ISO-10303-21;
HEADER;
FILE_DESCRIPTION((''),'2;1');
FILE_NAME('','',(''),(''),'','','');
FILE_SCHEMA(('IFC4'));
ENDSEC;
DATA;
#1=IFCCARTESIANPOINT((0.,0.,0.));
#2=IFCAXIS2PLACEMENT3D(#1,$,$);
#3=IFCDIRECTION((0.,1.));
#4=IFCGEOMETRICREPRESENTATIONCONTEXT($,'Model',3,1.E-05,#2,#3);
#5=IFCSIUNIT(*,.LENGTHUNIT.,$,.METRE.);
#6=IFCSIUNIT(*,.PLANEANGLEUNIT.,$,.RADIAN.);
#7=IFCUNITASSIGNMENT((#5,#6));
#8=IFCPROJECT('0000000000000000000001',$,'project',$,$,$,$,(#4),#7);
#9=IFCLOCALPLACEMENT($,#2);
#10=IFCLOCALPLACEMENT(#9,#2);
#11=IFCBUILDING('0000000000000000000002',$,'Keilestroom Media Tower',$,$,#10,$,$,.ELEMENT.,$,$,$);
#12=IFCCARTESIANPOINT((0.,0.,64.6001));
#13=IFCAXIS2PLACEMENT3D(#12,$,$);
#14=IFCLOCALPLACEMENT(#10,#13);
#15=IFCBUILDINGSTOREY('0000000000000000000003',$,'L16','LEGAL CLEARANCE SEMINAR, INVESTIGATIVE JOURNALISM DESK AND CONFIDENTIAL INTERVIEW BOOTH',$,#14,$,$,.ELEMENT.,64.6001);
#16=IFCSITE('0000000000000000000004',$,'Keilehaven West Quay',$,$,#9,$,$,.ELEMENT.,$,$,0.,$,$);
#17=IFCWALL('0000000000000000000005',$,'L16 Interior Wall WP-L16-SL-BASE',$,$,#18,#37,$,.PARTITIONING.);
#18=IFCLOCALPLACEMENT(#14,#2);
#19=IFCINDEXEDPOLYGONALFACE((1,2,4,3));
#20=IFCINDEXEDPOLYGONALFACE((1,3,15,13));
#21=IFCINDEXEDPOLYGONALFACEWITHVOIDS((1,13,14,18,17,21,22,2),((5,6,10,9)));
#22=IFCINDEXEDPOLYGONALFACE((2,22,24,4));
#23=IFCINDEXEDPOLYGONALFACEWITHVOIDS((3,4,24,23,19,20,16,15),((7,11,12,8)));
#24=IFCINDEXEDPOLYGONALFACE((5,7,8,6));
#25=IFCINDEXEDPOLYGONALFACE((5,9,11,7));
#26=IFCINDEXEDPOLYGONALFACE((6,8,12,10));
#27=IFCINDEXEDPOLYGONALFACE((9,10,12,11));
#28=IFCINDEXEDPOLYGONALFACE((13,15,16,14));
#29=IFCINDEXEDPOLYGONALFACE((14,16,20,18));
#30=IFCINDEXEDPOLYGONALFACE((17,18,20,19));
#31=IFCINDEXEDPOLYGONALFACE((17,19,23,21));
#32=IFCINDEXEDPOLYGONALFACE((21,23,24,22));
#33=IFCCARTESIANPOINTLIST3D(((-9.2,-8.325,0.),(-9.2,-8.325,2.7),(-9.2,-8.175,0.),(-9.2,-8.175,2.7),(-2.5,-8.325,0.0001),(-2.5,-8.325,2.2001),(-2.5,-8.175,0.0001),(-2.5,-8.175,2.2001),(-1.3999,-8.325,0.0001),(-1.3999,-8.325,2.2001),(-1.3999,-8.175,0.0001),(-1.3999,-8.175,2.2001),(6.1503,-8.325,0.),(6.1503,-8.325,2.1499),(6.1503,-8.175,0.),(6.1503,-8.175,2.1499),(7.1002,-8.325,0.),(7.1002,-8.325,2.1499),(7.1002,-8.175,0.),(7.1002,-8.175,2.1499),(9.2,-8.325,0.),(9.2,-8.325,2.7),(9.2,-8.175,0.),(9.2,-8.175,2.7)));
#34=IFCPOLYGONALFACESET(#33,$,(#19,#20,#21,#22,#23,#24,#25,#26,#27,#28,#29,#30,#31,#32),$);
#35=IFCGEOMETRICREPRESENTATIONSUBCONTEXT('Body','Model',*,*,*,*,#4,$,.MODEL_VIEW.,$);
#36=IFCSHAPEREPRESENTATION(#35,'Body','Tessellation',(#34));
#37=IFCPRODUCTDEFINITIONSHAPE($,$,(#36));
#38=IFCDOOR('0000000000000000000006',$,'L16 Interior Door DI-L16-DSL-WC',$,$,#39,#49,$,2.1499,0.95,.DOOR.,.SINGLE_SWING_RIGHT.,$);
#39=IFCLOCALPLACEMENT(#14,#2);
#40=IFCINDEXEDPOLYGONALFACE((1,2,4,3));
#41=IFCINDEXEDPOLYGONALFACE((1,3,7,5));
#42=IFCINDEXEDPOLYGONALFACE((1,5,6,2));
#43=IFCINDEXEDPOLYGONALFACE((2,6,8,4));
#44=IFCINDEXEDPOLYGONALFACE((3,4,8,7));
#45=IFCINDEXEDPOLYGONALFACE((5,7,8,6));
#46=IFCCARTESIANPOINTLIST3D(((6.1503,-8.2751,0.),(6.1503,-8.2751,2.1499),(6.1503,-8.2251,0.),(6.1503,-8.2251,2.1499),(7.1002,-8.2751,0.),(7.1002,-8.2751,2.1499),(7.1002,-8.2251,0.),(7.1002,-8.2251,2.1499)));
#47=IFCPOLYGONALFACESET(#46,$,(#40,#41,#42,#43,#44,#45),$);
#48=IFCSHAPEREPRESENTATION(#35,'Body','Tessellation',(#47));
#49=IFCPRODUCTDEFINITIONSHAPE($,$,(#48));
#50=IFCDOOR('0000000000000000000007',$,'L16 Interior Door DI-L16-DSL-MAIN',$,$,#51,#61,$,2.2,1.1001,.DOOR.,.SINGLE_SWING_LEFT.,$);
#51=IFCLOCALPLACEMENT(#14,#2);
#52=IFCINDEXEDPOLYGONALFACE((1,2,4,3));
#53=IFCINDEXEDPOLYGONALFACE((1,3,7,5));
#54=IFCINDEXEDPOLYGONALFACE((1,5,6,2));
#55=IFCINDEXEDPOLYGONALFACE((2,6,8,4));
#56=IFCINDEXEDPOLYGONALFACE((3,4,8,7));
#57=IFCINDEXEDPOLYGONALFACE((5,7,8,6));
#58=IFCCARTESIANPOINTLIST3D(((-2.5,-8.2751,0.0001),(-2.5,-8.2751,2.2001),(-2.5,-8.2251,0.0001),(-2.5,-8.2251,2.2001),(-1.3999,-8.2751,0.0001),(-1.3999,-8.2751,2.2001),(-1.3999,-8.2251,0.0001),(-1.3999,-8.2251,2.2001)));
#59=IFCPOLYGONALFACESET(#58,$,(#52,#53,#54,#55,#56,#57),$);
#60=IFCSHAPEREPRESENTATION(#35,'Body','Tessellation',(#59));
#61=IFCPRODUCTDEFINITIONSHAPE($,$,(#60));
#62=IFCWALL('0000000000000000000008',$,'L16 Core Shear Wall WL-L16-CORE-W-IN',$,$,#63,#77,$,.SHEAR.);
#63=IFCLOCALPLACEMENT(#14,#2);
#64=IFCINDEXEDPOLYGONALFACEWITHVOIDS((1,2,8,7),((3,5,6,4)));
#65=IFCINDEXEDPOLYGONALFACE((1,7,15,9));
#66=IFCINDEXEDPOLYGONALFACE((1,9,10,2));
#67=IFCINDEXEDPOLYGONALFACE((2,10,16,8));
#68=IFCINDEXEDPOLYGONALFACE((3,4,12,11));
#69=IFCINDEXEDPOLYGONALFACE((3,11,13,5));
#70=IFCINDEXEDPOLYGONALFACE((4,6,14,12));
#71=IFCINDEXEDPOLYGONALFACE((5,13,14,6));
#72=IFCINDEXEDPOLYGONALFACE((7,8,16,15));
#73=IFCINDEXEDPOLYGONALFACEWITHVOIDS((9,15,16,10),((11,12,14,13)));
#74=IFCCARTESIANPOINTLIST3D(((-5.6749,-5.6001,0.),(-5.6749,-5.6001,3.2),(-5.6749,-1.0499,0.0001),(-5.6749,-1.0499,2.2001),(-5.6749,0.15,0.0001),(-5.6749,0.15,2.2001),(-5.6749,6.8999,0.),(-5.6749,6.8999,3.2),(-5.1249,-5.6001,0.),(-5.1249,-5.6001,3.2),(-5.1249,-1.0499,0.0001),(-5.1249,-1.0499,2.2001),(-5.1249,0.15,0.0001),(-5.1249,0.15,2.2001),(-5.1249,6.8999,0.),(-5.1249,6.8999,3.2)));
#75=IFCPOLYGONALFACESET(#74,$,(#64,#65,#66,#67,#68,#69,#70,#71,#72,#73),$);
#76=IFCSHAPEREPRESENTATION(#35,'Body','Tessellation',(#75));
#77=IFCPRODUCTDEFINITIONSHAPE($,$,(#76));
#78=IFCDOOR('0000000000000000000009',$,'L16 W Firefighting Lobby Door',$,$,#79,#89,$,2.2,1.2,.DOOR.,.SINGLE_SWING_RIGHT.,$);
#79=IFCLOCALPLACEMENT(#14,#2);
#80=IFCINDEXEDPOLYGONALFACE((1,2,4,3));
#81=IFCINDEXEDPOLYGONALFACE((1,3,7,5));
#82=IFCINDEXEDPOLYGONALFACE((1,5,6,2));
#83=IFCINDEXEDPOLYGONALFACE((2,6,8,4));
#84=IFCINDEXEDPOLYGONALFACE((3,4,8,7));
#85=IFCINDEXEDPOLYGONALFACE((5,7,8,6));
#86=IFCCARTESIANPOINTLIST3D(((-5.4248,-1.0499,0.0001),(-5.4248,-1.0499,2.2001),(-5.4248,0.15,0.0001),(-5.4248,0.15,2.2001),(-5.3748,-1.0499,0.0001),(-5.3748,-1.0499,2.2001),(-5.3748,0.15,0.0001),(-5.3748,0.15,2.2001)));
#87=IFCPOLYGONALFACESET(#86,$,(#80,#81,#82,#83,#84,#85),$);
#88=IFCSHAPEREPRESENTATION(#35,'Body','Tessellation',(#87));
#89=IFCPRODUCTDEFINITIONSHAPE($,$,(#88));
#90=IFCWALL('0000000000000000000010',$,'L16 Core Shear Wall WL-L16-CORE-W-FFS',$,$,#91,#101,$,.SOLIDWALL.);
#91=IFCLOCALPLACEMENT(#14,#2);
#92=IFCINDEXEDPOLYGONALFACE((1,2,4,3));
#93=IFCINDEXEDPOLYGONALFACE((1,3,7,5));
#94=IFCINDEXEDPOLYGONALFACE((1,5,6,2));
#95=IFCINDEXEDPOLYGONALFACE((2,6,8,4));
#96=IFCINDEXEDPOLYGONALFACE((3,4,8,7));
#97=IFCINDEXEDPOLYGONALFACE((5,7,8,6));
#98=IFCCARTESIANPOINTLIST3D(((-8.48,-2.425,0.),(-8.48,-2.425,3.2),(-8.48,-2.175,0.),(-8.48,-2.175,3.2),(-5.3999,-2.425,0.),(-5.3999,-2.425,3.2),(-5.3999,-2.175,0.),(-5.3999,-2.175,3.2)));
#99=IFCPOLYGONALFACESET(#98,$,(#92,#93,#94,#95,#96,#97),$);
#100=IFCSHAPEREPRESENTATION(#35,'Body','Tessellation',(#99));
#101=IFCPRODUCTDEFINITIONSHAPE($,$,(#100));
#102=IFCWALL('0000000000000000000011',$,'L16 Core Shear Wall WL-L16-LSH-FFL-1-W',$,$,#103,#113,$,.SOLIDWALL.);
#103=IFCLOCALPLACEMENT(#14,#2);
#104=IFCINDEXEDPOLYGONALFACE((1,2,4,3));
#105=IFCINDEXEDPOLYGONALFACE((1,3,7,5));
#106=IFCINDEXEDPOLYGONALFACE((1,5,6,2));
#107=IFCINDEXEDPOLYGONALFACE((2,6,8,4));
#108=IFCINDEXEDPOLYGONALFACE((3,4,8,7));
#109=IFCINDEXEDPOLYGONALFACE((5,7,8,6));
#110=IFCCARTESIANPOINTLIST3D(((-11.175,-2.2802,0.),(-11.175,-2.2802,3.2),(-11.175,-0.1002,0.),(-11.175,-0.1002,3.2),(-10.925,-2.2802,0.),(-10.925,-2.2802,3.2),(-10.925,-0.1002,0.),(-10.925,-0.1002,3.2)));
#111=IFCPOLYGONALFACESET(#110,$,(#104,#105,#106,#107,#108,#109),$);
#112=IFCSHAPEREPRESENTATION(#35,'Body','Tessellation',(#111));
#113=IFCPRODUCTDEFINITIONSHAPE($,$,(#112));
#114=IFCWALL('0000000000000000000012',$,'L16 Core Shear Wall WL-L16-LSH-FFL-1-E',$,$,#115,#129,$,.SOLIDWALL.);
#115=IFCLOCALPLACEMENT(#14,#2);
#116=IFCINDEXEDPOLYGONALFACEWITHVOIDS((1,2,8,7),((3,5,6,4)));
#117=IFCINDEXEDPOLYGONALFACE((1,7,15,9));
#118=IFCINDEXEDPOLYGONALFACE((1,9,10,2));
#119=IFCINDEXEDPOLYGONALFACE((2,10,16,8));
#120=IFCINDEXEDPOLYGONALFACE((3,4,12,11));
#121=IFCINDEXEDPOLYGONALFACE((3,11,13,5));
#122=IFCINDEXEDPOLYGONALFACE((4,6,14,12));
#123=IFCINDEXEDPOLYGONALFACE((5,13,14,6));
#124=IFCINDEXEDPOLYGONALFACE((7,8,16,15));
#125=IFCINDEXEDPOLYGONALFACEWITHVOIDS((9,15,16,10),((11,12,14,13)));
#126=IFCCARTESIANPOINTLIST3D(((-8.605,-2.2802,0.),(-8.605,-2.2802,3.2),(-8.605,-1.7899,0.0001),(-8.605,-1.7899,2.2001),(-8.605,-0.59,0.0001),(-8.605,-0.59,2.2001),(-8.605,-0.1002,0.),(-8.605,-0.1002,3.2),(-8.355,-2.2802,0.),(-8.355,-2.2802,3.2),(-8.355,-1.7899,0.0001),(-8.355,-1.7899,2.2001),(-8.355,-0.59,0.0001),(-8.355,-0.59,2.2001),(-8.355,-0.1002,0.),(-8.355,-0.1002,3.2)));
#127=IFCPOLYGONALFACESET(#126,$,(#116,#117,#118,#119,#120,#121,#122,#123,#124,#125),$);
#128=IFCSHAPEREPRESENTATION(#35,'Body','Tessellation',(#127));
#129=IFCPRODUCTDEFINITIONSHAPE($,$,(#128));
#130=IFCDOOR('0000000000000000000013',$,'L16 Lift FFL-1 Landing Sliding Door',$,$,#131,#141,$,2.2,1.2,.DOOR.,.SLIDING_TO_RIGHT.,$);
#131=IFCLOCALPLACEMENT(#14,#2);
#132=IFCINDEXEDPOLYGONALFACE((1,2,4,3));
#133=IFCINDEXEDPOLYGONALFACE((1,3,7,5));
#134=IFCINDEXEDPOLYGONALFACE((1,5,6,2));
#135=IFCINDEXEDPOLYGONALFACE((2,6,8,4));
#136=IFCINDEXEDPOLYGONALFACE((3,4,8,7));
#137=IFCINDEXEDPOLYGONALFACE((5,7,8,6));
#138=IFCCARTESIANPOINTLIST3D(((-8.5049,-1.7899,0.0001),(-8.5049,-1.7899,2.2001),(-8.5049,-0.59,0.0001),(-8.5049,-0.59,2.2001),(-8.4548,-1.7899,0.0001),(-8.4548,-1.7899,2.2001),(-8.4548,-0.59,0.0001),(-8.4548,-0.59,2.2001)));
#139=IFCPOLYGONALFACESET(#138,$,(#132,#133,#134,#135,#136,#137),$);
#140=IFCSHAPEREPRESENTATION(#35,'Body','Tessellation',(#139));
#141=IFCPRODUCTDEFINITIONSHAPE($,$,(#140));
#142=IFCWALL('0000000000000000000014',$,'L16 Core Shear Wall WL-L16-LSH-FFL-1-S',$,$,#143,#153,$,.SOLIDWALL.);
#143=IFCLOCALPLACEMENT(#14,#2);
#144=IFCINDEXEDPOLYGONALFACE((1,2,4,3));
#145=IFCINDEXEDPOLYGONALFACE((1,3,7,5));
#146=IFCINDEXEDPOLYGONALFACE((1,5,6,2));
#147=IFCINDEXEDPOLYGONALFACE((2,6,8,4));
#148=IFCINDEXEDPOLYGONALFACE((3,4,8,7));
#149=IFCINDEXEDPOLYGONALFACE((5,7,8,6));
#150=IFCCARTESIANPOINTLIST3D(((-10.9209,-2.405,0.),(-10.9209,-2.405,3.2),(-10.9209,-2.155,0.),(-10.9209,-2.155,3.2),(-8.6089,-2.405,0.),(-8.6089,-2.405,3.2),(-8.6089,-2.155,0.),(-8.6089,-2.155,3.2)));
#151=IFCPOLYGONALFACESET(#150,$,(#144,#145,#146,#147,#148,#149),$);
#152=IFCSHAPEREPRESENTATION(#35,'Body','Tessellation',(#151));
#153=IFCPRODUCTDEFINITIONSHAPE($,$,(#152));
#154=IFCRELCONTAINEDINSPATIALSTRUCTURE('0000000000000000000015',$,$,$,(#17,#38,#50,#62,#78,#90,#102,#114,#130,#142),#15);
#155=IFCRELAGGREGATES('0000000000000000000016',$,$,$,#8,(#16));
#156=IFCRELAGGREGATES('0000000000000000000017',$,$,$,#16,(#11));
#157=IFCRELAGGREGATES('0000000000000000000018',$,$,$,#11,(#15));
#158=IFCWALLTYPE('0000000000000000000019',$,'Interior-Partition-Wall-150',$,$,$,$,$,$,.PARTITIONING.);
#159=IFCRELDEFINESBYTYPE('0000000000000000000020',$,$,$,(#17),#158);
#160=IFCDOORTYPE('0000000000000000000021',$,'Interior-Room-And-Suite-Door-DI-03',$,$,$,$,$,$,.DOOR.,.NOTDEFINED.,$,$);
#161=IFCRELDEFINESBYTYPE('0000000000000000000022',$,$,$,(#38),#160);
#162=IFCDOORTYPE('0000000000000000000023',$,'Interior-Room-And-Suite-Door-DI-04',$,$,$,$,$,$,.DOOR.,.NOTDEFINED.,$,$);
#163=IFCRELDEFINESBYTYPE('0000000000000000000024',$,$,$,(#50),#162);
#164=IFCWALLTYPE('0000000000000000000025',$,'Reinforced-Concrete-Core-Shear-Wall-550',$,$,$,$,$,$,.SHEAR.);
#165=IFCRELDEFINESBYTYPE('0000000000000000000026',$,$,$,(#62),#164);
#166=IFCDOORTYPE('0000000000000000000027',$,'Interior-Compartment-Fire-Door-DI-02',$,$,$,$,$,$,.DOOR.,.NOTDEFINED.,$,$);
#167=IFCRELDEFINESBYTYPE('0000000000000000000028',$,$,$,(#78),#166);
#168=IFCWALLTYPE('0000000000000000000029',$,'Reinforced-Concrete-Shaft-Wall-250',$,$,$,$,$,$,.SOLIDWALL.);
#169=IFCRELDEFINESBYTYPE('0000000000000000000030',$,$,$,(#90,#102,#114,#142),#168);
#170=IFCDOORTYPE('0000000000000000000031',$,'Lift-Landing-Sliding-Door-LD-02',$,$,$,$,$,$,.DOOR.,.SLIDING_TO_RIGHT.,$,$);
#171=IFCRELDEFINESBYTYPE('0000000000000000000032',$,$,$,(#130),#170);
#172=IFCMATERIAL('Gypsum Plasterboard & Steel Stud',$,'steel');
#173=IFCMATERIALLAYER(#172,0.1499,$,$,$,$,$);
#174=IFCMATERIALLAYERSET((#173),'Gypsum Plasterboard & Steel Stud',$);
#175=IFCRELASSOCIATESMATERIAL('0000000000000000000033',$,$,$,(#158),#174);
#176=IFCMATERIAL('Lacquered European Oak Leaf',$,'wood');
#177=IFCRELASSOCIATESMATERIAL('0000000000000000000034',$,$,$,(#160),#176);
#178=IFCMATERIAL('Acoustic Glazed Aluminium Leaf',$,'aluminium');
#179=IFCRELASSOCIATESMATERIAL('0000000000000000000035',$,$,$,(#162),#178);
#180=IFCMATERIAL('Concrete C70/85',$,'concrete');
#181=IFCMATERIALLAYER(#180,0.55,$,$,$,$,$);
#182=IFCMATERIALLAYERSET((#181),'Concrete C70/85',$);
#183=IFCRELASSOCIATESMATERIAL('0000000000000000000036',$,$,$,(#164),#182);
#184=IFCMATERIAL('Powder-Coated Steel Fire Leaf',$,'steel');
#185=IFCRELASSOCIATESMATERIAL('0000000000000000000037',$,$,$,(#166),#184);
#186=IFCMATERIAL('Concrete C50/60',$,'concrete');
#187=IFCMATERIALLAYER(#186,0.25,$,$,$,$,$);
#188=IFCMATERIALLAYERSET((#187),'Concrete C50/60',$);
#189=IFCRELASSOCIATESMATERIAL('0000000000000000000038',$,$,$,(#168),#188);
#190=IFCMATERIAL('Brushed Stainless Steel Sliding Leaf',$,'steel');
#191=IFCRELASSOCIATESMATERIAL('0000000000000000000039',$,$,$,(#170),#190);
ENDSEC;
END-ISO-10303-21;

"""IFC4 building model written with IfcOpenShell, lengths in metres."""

from ifc_helpers import new_model, si_unit, direction, frame, frame_2d, origin, place, context, subcontext, project, spatial, rectangle, extrude, source, transform, mapped, material, layer, layer_set, type_object, element, fill, save


model = new_model("IFC4")

# Units and contexts
model_context = context("Model", 3, precision=1e-05, world=origin(), true_north=direction((0.0, 1.0)))
body_context = subcontext(model_context, "Body", "Model", "MODEL_VIEW")
ifc_project = project(units=[si_unit("LENGTHUNIT", "METRE"), si_unit("PLANEANGLEUNIT", "RADIAN")], contexts=[model_context])

# Site, building, storey
site_placement = place(None, origin())
site = spatial("IfcSite", under=ifc_project, at=site_placement, Name="Keilehaven West Quay", CompositionType="ELEMENT", RefElevation=0.0)
building_placement = place(site_placement, origin())
building = spatial("IfcBuilding", under=site, at=building_placement, Name="Keilestroom Media Tower", CompositionType="ELEMENT")
storey_placement = place(building_placement, frame((0.0, 0.0, 64.6001)))
storey = spatial("IfcBuildingStorey", under=building, at=storey_placement, Name="L16", Description="LEGAL CLEARANCE SEMINAR, INVESTIGATIVE JOURNALISM DESK AND CONFIDENTIAL INTERVIEW BOOTH", CompositionType="ELEMENT", Elevation=64.6001)

# Shared definitions
ifc_material_1 = material(Name="Concrete C70/85", Category="concrete")

# Wall, openings, doors
ifc_material_2 = material(Name="Gypsum Plasterboard & Steel Stud", Category="steel")
ifc_layer_1 = layer(ifc_material_2, 0.1499)
ifc_layer_set_1 = layer_set([ifc_layer_1], Name="Gypsum Plasterboard & Steel Stud")
wall_type_1 = type_object("IfcWallType", Name="Interior-Partition-Wall-150", PredefinedType="PARTITIONING", material=ifc_layer_set_1)
wall_1_placement = place(storey_placement, frame((-9.2, -8.25, 0.0), z_axis=(0.0, 0.0, 1.0), x_axis=(1.0, 0.0, 0.0)))
wall_1 = element("IfcWall", 1, at=wall_1_placement, inside=storey, type_object=wall_type_1, Name="L16 Interior Wall WP-L16-SL-BASE", PredefinedType="PARTITIONING", context=body_context, shape_type="SweptSolid", body=[
    extrude(rectangle(XDim=18.3999, YDim=0.1499, at=frame_2d((9.2, 0.0))), origin(), (0.0, 0.0, 1.0), 2.7),
])
opening_1_placement = place(wall_1_placement, frame((15.3501, 0.0, 0.0)))
opening_1 = element("IfcOpeningElement", 2, at=opening_1_placement, cuts=wall_1, PredefinedType="OPENING", context=body_context, shape_type="SweptSolid", body=[
    extrude(rectangle(XDim=0.95, YDim=2.1499, at=frame_2d((0.4751, 1.075))), frame((0.0, 0.085, 0.0), z_axis=(0.0, -1.0, 0.0), x_axis=(1.0, 0.0, 0.0)), (0.0, 0.0, 1.0), 0.1699),
])
opening_2_placement = place(wall_1_placement, frame((6.7, 0.0, 0.0)))
opening_2 = element("IfcOpeningElement", 3, at=opening_2_placement, cuts=wall_1, PredefinedType="OPENING", context=body_context, shape_type="SweptSolid", body=[
    extrude(rectangle(XDim=1.1001, YDim=2.2, at=frame_2d((0.55, 1.1001))), frame((0.0, 0.085, 0.0), z_axis=(0.0, -1.0, 0.0), x_axis=(1.0, 0.0, 0.0)), (0.0, 0.0, 1.0), 0.1699),
])
ifc_material_3 = material(Name="Lacquered European Oak Leaf", Category="wood")
door_type_1 = type_object("IfcDoorType", Name="Interior-Room-And-Suite-Door-DI-03", OperationType="NOTDEFINED", PredefinedType="DOOR", material=ifc_material_3)
shared_shape_1 = source(origin(), body_context, "Body", "SweptSolid", [
    extrude(rectangle(XDim=0.95, YDim=2.1499, at=frame_2d((0.4751, 1.075))), frame((0.0, 0.0249, 0.0), z_axis=(0.0, -1.0, 0.0), x_axis=(1.0, 0.0, 0.0)), (0.0, 0.0, 1.0), 0.05),
])
door_1_placement = place(opening_1_placement, origin())
door_1 = element("IfcDoor", 4, at=door_1_placement, inside=storey, type_object=door_type_1, Name="L16 Interior Door DI-L16-DSL-WC", OperationType="SINGLE_SWING_RIGHT", OverallHeight=2.1499, OverallWidth=0.95, PredefinedType="DOOR", context=body_context, shape_type="MappedRepresentation", body=[
    mapped(shared_shape_1, transform((0.0, 0.0, 0.0), x_axis=(1.0, 0.0, 0.0), y_axis=(0.0, 1.0, 0.0), z_axis=(0.0, 0.0, 1.0), scale=1.0)),
])
fill(opening_1, door_1)
ifc_material_4 = material(Name="Acoustic Glazed Aluminium Leaf", Category="aluminium")
door_type_2 = type_object("IfcDoorType", Name="Interior-Room-And-Suite-Door-DI-04", OperationType="NOTDEFINED", PredefinedType="DOOR", material=ifc_material_4)
shared_shape_2 = source(origin(), body_context, "Body", "SweptSolid", [
    extrude(rectangle(XDim=1.1001, YDim=2.2, at=frame_2d((0.55, 1.1001))), frame((0.0, 0.0249, 0.0), z_axis=(0.0, -1.0, 0.0), x_axis=(1.0, 0.0, 0.0)), (0.0, 0.0, 1.0), 0.05),
])
door_2_placement = place(opening_2_placement, origin())
door_2 = element("IfcDoor", 5, at=door_2_placement, inside=storey, type_object=door_type_2, Name="L16 Interior Door DI-L16-DSL-MAIN", OperationType="SINGLE_SWING_LEFT", OverallHeight=2.2, OverallWidth=1.1001, PredefinedType="DOOR", context=body_context, shape_type="MappedRepresentation", body=[
    mapped(shared_shape_2, transform((0.0, 0.0, 0.0), x_axis=(1.0, 0.0, 0.0), y_axis=(0.0, 1.0, 0.0), z_axis=(0.0, 0.0, 1.0), scale=1.0)),
])
fill(opening_2, door_2)

# Wall, opening, door
ifc_layer_2 = layer(ifc_material_1, 0.55)
ifc_layer_set_2 = layer_set([ifc_layer_2], Name="Concrete C70/85")
wall_type_2 = type_object("IfcWallType", Name="Reinforced-Concrete-Core-Shear-Wall-550", PredefinedType="SHEAR", material=ifc_layer_set_2)
wall_2_placement = place(storey_placement, frame((-5.3999, -5.6001, 0.0), z_axis=(0.0, 0.0, 1.0), x_axis=(0.0, 1.0, 0.0)))
wall_2 = element("IfcWall", 6, at=wall_2_placement, inside=storey, type_object=wall_type_2, Name="L16 Core Shear Wall WL-L16-CORE-W-IN", PredefinedType="SHEAR", context=body_context, shape_type="SweptSolid", body=[
    extrude(rectangle(XDim=12.5, YDim=0.55, at=frame_2d((6.25, 0.0))), origin(), (0.0, 0.0, 1.0), 3.2),
])
opening_3_placement = place(wall_2_placement, frame((4.55, 0.0, 0.0)))
opening_3 = element("IfcOpeningElement", 7, at=opening_3_placement, cuts=wall_2, PredefinedType="OPENING", context=body_context, shape_type="SweptSolid", body=[
    extrude(rectangle(XDim=1.2, YDim=2.2, at=frame_2d((0.6001, 1.1001))), frame((0.0, 0.2852, 0.0), z_axis=(0.0, -1.0, 0.0), x_axis=(1.0, 0.0, 0.0)), (0.0, 0.0, 1.0), 0.5701),
])
ifc_material_5 = material(Name="Powder-Coated Steel Fire Leaf", Category="steel")
door_type_3 = type_object("IfcDoorType", Name="Interior-Compartment-Fire-Door-DI-02", OperationType="NOTDEFINED", PredefinedType="DOOR", material=ifc_material_5)
shared_shape_3 = source(origin(), body_context, "Body", "SweptSolid", [
    extrude(rectangle(XDim=1.2, YDim=2.2, at=frame_2d((0.6001, 1.1001))), frame((0.0, 0.0249, 0.0), z_axis=(0.0, -1.0, 0.0), x_axis=(1.0, 0.0, 0.0)), (0.0, 0.0, 1.0), 0.05),
])
door_3_placement = place(opening_3_placement, origin())
door_3 = element("IfcDoor", 8, at=door_3_placement, inside=storey, type_object=door_type_3, Name="L16 W Firefighting Lobby Door", OperationType="SINGLE_SWING_RIGHT", OverallHeight=2.2, OverallWidth=1.2, PredefinedType="DOOR", context=body_context, shape_type="MappedRepresentation", body=[
    mapped(shared_shape_3, transform((0.0, 0.0, 0.0), x_axis=(1.0, 0.0, 0.0), y_axis=(0.0, 1.0, 0.0), z_axis=(0.0, 0.0, 1.0), scale=1.0)),
])
fill(opening_3, door_3)

# Walls
ifc_material_6 = material(Name="Concrete C50/60", Category="concrete")
ifc_layer_3 = layer(ifc_material_6, 0.25)
ifc_layer_set_3 = layer_set([ifc_layer_3], Name="Concrete C50/60")
wall_type_3 = type_object("IfcWallType", Name="Reinforced-Concrete-Shaft-Wall-250", PredefinedType="SOLIDWALL", material=ifc_layer_set_3)
wall_3_placement = place(storey_placement, frame((-8.48, -2.3, 0.0), z_axis=(0.0, 0.0, 1.0), x_axis=(1.0, 0.0, 0.0)))
element("IfcWall", 9, at=wall_3_placement, inside=storey, type_object=wall_type_3, Name="L16 Core Shear Wall WL-L16-CORE-W-FFS", PredefinedType="SOLIDWALL", context=body_context, shape_type="SweptSolid", body=[
    extrude(rectangle(XDim=3.0801, YDim=0.25, at=frame_2d((1.54, 0.0))), origin(), (0.0, 0.0, 1.0), 3.2),
])
wall_4_placement = place(storey_placement, frame((-11.05, -2.28, 0.0), z_axis=(0.0, 0.0, 1.0), x_axis=(0.0, 1.0, 0.0)))
element("IfcWall", 10, at=wall_4_placement, inside=storey, type_object=wall_type_3, Name="L16 Core Shear Wall WL-L16-LSH-FFL-1-W", PredefinedType="SOLIDWALL", context=body_context, shape_type="SweptSolid", body=[
    extrude(rectangle(XDim=2.1799, YDim=0.25, at=frame_2d((1.0898, 0.0))), origin(), (0.0, 0.0, 1.0), 3.2),
])

# Wall, opening, door
wall_5_placement = place(storey_placement, frame((-8.48, -2.28, 0.0), z_axis=(0.0, 0.0, 1.0), x_axis=(0.0, 1.0, 0.0)))
wall_5 = element("IfcWall", 11, at=wall_5_placement, inside=storey, type_object=wall_type_3, Name="L16 Core Shear Wall WL-L16-LSH-FFL-1-E", PredefinedType="SOLIDWALL", context=body_context, shape_type="SweptSolid", body=[
    extrude(rectangle(XDim=2.1799, YDim=0.25, at=frame_2d((1.0898, 0.0))), origin(), (0.0, 0.0, 1.0), 3.2),
])
opening_4_placement = place(wall_5_placement, frame((0.49, 0.0, 0.0)))
opening_4 = element("IfcOpeningElement", 12, at=opening_4_placement, cuts=wall_5, PredefinedType="OPENING", context=body_context, shape_type="SweptSolid", body=[
    extrude(rectangle(XDim=1.2, YDim=2.2, at=frame_2d((0.6001, 1.1001))), frame((0.0, 0.135, 0.0), z_axis=(0.0, -1.0, 0.0), x_axis=(1.0, 0.0, 0.0)), (0.0, 0.0, 1.0), 0.27),
])
ifc_material_7 = material(Name="Brushed Stainless Steel Sliding Leaf", Category="steel")
door_type_4 = type_object("IfcDoorType", Name="Lift-Landing-Sliding-Door-LD-02", OperationType="SLIDING_TO_RIGHT", PredefinedType="DOOR", material=ifc_material_7)
door_4_placement = place(opening_4_placement, origin())
door_4 = element("IfcDoor", 13, at=door_4_placement, inside=storey, type_object=door_type_4, Name="L16 Lift FFL-1 Landing Sliding Door", OperationType="SLIDING_TO_RIGHT", OverallHeight=2.2, OverallWidth=1.2, PredefinedType="DOOR", context=body_context, shape_type="MappedRepresentation", body=[
    mapped(shared_shape_3, transform((0.0, 0.0, 0.0), x_axis=(1.0, 0.0, 0.0), y_axis=(0.0, 1.0, 0.0), z_axis=(0.0, 0.0, 1.0), scale=1.0)),
])
fill(opening_4, door_4)

# Wall
wall_6_placement = place(storey_placement, frame((-10.9209, -2.28, 0.0), z_axis=(0.0, 0.0, 1.0), x_axis=(1.0, 0.0, 0.0)))
element("IfcWall", 14, at=wall_6_placement, inside=storey, type_object=wall_type_3, Name="L16 Core Shear Wall WL-L16-LSH-FFL-1-S", PredefinedType="SOLIDWALL", context=body_context, shape_type="SweptSolid", body=[
    extrude(rectangle(XDim=2.312, YDim=0.25, at=frame_2d((1.156, 0.0))), origin(), (0.0, 0.0, 1.0), 3.2),
])

save(model, "model.ifc")
